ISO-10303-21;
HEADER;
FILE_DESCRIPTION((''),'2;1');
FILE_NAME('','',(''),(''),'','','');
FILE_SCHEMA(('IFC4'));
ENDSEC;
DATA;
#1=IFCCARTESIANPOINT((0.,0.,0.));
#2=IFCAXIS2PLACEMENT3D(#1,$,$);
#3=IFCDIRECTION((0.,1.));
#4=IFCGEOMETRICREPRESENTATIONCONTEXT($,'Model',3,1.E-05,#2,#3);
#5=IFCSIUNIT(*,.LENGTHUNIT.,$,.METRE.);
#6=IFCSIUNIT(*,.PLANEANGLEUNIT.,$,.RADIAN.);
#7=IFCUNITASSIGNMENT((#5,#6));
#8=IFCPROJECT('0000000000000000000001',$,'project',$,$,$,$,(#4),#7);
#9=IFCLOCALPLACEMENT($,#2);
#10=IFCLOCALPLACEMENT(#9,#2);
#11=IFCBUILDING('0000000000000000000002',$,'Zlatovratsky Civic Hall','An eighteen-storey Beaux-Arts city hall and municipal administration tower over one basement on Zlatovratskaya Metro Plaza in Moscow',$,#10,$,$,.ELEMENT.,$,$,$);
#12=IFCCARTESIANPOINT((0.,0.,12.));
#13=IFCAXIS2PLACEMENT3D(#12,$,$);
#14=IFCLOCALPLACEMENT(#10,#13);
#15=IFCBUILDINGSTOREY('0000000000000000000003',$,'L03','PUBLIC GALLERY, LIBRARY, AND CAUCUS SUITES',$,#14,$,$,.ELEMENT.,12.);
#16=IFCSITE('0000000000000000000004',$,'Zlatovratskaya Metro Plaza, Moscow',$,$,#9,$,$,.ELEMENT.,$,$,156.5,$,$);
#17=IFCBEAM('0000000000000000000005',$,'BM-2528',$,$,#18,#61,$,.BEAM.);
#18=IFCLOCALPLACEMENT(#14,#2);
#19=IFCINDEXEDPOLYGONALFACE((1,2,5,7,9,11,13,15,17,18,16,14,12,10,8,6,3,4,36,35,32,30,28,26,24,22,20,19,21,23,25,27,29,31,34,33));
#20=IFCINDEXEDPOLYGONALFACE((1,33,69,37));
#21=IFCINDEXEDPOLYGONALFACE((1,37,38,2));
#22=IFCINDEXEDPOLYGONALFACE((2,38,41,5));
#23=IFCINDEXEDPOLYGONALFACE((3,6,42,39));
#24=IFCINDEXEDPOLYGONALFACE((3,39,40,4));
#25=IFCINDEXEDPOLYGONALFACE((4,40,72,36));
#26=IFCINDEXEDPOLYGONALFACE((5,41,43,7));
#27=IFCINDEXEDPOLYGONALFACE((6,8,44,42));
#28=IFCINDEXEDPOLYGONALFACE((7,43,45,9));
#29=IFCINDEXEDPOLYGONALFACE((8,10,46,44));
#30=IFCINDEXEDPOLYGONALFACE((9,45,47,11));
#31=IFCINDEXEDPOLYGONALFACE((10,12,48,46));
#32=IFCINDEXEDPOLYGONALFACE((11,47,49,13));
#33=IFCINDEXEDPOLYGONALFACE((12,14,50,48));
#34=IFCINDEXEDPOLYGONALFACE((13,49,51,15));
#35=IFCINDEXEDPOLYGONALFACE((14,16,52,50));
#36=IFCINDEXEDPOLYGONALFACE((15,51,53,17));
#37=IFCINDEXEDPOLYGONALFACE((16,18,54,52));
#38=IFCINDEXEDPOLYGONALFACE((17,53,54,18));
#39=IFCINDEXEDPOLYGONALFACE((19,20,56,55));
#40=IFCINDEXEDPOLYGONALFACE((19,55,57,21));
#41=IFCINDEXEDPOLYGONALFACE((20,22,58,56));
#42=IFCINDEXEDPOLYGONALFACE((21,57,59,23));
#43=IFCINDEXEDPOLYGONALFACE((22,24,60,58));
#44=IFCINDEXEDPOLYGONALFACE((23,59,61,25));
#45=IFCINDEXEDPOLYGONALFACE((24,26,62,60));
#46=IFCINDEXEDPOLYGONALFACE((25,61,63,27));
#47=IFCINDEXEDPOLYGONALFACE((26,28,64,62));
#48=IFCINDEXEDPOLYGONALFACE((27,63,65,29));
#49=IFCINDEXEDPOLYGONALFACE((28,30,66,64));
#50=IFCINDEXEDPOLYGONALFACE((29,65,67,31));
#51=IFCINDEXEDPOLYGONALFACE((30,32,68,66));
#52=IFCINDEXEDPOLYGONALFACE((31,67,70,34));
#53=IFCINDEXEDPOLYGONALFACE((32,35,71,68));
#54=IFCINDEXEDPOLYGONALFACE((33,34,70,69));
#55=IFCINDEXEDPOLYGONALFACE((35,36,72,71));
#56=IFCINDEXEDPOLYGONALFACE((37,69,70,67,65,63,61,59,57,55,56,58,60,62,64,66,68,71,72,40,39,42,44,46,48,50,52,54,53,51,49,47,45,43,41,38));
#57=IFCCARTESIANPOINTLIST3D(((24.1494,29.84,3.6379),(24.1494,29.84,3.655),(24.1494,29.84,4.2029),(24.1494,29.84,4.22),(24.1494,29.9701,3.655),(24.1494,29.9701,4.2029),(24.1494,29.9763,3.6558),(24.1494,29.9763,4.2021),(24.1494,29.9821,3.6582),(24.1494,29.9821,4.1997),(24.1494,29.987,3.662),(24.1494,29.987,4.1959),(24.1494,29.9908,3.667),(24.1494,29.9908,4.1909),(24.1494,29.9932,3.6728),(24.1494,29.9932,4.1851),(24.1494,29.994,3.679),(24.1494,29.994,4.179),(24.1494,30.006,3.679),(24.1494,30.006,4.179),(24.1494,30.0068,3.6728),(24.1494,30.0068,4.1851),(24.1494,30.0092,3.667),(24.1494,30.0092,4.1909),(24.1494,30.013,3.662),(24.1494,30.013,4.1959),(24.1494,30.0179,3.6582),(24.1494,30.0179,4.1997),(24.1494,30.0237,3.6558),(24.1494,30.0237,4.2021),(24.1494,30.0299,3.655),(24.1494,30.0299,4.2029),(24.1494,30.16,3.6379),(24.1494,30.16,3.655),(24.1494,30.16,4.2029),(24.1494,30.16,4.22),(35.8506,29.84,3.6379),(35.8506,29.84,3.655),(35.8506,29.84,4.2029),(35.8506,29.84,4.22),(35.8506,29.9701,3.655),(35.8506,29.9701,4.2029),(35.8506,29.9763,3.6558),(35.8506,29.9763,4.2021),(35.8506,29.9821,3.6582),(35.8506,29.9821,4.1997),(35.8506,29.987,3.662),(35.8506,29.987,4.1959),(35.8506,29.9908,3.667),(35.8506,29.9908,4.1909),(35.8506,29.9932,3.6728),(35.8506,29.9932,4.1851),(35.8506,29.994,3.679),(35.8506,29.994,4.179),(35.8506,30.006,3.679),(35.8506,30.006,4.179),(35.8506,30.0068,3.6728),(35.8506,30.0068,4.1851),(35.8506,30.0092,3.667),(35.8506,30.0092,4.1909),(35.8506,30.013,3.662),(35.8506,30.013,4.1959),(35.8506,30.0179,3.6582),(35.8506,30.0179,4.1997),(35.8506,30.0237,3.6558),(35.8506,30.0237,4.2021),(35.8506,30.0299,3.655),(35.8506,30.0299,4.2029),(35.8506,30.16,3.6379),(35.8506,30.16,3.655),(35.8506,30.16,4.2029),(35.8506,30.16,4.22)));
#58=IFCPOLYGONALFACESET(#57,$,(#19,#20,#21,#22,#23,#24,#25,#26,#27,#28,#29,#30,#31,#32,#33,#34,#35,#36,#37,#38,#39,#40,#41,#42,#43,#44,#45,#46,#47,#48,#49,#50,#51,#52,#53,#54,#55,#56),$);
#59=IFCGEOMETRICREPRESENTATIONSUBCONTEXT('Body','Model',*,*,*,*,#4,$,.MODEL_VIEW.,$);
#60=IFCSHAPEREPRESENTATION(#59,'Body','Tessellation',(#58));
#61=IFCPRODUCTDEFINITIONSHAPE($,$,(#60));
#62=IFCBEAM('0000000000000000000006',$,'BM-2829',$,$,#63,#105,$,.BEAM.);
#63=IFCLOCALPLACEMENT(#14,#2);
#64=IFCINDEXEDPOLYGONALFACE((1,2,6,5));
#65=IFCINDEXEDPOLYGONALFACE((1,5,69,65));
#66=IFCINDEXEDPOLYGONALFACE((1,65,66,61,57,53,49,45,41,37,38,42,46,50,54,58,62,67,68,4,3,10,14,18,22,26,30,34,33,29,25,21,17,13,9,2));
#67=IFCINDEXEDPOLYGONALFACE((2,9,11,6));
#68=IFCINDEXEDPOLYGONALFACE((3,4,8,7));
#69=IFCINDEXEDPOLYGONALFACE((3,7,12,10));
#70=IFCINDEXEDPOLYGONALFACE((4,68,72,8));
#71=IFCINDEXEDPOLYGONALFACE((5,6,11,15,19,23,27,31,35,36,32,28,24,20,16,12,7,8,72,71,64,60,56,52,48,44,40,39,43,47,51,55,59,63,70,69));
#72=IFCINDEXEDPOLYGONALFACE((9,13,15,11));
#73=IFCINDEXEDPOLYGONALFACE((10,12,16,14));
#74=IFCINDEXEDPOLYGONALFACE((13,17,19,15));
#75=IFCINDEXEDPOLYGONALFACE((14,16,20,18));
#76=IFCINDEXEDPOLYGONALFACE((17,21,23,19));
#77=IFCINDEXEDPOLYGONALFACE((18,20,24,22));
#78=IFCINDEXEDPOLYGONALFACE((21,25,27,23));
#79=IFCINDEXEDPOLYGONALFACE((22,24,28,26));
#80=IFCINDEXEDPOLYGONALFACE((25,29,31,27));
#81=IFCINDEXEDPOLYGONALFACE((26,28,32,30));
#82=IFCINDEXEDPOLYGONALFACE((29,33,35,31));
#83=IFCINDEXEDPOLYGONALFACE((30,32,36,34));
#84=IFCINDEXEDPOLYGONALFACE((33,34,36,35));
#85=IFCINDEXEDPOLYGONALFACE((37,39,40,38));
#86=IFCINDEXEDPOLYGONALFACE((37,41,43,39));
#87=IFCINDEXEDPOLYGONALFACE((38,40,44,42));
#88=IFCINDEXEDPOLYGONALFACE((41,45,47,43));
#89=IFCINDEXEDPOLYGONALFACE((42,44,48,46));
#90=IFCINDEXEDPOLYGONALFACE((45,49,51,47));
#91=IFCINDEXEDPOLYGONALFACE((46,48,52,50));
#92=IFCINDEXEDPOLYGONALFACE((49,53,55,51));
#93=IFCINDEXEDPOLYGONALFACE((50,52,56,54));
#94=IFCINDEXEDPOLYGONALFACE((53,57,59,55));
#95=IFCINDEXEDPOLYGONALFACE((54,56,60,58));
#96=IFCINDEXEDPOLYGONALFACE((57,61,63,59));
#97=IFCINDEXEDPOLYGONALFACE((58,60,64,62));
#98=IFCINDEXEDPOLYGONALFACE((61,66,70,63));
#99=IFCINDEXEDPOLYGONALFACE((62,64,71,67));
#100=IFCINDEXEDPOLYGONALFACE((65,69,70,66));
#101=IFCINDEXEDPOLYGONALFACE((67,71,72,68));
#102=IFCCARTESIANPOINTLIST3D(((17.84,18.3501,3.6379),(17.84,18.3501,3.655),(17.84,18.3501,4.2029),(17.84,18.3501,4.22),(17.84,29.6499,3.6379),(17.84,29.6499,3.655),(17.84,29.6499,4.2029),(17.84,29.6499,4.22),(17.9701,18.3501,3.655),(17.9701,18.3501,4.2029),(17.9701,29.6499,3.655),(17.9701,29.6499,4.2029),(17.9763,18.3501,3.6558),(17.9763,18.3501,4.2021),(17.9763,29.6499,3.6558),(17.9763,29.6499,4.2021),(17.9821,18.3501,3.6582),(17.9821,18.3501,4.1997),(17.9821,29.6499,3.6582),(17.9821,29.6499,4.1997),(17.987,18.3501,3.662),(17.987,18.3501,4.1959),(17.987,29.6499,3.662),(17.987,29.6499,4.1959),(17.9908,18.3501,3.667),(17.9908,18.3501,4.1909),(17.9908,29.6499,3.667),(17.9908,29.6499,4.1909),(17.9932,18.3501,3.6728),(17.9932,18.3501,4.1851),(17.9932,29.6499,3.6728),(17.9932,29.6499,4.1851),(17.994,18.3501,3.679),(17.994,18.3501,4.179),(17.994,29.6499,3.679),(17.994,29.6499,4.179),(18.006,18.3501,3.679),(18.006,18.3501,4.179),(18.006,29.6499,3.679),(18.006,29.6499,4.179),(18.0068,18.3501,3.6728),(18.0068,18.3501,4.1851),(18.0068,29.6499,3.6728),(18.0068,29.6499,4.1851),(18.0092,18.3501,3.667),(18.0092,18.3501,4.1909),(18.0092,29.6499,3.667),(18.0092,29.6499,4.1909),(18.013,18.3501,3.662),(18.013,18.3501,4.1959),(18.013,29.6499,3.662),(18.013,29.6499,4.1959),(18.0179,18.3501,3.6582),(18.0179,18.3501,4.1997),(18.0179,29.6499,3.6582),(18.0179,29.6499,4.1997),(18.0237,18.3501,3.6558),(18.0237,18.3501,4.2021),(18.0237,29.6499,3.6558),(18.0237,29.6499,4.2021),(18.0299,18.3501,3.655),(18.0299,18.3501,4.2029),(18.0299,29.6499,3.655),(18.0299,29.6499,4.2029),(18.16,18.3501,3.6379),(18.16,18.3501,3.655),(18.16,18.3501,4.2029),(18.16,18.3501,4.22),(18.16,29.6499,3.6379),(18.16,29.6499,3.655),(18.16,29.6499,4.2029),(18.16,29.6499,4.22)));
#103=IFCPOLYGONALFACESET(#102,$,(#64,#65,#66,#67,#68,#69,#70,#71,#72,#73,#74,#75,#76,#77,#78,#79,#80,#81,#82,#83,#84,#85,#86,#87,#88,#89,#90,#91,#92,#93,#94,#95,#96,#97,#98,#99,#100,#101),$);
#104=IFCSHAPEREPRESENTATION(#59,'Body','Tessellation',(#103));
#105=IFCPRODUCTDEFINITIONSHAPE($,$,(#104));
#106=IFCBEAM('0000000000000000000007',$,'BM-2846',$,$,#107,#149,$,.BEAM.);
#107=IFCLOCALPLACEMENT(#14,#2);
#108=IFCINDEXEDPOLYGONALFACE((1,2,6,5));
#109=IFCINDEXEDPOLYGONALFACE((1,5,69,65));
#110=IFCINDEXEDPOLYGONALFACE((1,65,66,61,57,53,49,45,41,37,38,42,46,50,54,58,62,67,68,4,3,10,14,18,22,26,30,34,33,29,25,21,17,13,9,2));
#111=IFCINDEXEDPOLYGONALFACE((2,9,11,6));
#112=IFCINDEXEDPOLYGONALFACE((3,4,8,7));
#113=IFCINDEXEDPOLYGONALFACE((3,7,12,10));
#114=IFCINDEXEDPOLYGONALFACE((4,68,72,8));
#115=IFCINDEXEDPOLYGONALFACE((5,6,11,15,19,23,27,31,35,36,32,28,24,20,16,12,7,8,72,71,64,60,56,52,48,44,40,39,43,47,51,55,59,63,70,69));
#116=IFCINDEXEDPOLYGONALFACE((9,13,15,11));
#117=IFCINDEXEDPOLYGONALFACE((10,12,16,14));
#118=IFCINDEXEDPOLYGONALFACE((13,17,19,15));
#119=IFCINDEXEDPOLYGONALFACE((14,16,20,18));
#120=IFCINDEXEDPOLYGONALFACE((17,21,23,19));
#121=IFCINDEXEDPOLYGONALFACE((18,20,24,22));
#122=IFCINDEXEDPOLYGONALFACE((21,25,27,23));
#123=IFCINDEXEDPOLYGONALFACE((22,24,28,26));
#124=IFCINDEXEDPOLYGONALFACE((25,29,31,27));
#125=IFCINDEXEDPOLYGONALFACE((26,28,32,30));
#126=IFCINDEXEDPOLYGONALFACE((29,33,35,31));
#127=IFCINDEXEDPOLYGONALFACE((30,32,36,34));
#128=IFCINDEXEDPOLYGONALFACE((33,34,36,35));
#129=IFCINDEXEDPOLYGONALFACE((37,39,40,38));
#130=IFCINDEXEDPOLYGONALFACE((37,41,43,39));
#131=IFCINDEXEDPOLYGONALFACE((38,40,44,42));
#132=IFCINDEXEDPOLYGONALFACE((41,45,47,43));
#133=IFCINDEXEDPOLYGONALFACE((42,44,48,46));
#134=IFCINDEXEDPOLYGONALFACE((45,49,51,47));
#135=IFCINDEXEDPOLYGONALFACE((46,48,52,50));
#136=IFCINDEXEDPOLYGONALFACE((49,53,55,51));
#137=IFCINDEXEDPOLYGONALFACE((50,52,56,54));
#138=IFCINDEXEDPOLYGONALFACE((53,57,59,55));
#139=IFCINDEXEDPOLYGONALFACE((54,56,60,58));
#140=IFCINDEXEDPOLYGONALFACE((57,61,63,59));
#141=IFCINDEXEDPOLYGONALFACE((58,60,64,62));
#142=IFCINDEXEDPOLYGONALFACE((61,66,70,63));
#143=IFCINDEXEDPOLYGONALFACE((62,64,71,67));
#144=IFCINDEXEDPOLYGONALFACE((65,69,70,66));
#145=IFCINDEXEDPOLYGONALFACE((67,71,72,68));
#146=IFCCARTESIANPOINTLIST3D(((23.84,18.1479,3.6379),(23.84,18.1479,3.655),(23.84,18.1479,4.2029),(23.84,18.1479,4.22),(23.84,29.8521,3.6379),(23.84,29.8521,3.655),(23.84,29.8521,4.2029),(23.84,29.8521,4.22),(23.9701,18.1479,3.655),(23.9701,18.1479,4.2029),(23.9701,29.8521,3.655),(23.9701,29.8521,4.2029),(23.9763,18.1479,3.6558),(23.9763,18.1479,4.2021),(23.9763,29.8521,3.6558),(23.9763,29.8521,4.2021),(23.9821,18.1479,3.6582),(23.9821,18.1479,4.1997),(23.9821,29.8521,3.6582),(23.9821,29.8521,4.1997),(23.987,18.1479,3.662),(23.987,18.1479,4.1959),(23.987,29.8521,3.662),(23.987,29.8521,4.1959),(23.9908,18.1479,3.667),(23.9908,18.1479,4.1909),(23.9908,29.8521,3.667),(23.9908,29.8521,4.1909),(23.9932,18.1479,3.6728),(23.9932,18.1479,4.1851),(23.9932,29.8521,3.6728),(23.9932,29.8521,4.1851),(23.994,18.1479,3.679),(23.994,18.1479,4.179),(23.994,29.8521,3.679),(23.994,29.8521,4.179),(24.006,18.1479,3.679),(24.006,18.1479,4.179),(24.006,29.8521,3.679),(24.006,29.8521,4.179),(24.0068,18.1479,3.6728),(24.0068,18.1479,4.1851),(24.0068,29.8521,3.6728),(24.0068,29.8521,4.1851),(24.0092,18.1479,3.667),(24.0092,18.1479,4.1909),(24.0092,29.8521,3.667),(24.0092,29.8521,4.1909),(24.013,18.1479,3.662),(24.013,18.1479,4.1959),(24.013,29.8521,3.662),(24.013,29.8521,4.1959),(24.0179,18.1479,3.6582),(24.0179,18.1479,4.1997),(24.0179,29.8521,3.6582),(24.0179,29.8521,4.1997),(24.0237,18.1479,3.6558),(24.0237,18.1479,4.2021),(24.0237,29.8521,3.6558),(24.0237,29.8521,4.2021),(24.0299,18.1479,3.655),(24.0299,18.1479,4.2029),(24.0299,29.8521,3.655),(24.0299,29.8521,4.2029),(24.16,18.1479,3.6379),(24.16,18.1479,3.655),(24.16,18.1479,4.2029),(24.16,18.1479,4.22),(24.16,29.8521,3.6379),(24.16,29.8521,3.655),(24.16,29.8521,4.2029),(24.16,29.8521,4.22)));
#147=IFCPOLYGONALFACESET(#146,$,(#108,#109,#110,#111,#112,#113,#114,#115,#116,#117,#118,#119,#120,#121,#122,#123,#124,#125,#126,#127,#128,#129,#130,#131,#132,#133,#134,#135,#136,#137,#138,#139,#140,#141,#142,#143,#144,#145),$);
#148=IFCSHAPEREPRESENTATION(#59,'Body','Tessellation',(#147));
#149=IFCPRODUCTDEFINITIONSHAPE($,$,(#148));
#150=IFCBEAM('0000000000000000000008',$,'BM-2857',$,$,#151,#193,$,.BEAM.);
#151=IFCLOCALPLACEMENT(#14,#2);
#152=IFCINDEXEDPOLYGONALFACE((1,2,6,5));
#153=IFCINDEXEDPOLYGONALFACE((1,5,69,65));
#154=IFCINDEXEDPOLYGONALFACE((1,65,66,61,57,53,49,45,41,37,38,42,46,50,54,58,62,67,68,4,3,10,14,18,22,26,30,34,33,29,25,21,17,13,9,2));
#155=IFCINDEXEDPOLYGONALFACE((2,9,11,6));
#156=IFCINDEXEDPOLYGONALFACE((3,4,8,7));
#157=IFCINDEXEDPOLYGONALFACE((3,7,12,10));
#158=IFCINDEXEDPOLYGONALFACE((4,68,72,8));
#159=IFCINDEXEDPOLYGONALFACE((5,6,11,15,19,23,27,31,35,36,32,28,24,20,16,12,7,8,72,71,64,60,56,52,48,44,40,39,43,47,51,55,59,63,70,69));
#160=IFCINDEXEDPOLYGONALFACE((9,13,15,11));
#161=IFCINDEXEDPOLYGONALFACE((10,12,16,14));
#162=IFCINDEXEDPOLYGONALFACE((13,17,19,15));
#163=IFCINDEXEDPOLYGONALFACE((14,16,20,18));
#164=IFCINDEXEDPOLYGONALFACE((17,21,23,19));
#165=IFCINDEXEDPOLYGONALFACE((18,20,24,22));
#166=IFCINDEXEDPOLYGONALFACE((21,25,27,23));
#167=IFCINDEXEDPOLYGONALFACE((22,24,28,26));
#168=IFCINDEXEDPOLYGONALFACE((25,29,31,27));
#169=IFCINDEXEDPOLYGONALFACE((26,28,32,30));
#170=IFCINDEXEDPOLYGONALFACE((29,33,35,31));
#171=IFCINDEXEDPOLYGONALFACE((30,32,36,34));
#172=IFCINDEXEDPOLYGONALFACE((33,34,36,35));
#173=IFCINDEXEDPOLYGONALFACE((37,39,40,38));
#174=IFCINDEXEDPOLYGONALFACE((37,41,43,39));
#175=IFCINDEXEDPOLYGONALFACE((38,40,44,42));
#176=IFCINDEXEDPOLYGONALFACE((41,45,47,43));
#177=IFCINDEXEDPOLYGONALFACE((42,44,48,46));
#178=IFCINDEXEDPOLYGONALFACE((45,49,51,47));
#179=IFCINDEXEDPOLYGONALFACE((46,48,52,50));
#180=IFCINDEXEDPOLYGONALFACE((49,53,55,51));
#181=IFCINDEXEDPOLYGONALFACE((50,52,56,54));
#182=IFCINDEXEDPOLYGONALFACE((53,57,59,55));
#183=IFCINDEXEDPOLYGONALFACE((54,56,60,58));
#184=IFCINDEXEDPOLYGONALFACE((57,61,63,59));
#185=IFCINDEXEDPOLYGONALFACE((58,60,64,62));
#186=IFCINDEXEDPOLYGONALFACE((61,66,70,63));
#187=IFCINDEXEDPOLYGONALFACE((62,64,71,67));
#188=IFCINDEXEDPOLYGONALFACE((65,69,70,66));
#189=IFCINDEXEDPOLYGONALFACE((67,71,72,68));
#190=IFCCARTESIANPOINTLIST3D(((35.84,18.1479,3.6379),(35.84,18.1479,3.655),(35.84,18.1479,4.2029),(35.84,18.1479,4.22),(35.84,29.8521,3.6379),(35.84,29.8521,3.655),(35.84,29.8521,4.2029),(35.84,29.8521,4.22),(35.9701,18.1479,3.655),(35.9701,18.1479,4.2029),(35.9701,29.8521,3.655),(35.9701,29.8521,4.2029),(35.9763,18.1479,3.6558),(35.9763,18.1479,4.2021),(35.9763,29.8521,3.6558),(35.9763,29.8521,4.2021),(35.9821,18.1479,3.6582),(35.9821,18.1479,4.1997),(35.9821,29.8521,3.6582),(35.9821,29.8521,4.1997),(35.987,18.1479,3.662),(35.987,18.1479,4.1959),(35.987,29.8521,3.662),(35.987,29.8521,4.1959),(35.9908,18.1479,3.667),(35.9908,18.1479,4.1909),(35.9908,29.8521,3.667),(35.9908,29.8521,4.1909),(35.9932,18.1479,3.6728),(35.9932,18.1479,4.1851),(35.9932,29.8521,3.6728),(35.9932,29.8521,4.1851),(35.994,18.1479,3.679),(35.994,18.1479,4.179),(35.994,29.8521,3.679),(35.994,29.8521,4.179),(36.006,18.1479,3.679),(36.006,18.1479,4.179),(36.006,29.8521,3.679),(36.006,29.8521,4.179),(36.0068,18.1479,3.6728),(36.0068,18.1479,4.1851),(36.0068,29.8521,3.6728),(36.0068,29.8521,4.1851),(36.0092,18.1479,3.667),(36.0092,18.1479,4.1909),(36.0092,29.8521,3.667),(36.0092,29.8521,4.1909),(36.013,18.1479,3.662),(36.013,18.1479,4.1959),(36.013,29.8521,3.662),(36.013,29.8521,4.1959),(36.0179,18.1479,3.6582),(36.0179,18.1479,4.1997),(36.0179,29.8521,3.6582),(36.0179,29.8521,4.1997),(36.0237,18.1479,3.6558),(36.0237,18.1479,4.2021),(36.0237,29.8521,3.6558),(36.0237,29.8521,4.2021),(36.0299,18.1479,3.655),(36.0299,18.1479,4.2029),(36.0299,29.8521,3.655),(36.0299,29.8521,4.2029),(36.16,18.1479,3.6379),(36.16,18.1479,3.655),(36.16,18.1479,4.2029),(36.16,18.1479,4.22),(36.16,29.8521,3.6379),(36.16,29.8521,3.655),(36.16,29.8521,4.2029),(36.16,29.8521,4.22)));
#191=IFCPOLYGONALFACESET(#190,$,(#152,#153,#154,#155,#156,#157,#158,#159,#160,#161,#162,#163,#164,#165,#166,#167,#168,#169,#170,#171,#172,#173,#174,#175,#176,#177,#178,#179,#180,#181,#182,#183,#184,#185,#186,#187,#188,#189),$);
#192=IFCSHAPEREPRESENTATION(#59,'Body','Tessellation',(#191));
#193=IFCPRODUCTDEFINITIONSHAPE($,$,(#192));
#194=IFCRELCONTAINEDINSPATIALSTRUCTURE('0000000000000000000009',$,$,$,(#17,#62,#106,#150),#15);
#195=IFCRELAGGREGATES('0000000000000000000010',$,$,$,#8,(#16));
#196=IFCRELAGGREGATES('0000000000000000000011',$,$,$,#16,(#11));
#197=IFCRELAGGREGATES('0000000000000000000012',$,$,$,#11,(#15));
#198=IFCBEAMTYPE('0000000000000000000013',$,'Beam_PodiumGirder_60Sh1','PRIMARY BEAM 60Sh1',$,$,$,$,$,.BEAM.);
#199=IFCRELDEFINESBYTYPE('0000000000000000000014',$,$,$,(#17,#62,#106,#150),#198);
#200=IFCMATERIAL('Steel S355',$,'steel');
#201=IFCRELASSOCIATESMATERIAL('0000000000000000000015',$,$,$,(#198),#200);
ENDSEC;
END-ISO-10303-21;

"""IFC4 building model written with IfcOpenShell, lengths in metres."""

from ifc_helpers import new_model, si_unit, direction, frame, origin, origin_2d, place, context, subcontext, project, spatial, i_section, extrude, material, material_profile, profile_set, type_object, element, save


model = new_model("IFC4")

# Units and contexts
model_context = context("Model", 3, precision=1e-05, world=origin(), true_north=direction((0.0, 1.0)))
body_context = subcontext(model_context, "Body", "Model", "MODEL_VIEW")
ifc_project = project(units=[si_unit("LENGTHUNIT", "METRE"), si_unit("PLANEANGLEUNIT", "RADIAN")], contexts=[model_context])

# Site, building, storey
site_placement = place(None, origin())
site = spatial("IfcSite", under=ifc_project, at=site_placement, Name="Zlatovratskaya Metro Plaza, Moscow", CompositionType="ELEMENT", RefElevation=156.5)
building_placement = place(site_placement, origin())
building = spatial("IfcBuilding", under=site, at=building_placement, Name="Zlatovratsky Civic Hall", Description="An eighteen-storey Beaux-Arts city hall and municipal administration tower over one basement on Zlatovratskaya Metro Plaza in Moscow", CompositionType="ELEMENT")
storey_placement = place(building_placement, frame((0.0, 0.0, 12.0)))
storey = spatial("IfcBuildingStorey", under=building, at=storey_placement, Name="L03", Description="PUBLIC GALLERY, LIBRARY, AND CAUCUS SUITES", CompositionType="ELEMENT", Elevation=12.0)

# Shared definitions
ifc_material_1 = material(Name="Steel S355", Category="steel")

# Beams
ifc_material_profile_1 = material_profile(ifc_material_1, i_section(OverallWidth=0.3201, OverallDepth=0.582, WebThickness=0.012, FlangeThickness=0.0171, FilletRadius=0.0239, at=origin_2d()), Name="60Sh1")
ifc_profile_set_1 = profile_set([ifc_material_profile_1], Name="Steel S355")
beam_type_1 = type_object("IfcBeamType", Name="Beam_PodiumGirder_60Sh1", Description="PRIMARY BEAM 60Sh1", PredefinedType="BEAM", material=ifc_profile_set_1)
for number, where, z_axis, x_axis, name in (
    (1, (24.1494, 30.0, 3.929), (1.0, 0.0, 0.0), (0.0, 1.0, 0.0), "BM-2528"),
):
    element("IfcBeam", number, at=place(storey_placement, frame(where, z_axis=z_axis, x_axis=x_axis)), inside=storey, type_object=beam_type_1, Name=name, PredefinedType="BEAM", context=body_context, shape_type="SweptSolid", body=[
        extrude(i_section(OverallWidth=0.3201, OverallDepth=0.582, WebThickness=0.012, FlangeThickness=0.0171, FilletRadius=0.0239, at=origin_2d()), origin(), (0.0, 0.0, 1.0), 11.7012),
    ])
beam_1_placement = place(storey_placement, frame((18.0, 18.3501, 3.929), z_axis=(0.0, 1.0, 0.0), x_axis=(-1.0, 0.0, 0.0)))
element("IfcBeam", 2, at=beam_1_placement, inside=storey, type_object=beam_type_1, Name="BM-2829", PredefinedType="BEAM", context=body_context, shape_type="SweptSolid", body=[
    extrude(i_section(OverallWidth=0.3201, OverallDepth=0.582, WebThickness=0.012, FlangeThickness=0.0171, FilletRadius=0.0239, at=origin_2d()), origin(), (0.0, 0.0, 1.0), 11.2998),
])
for number, where, z_axis, x_axis, name in (
    (3, (24.0, 18.1479, 3.929), (0.0, 1.0, 0.0), (-1.0, 0.0, 0.0), "BM-2846"),
    (4, (36.0, 18.1479, 3.929), (0.0, 1.0, 0.0), (-1.0, 0.0, 0.0), "BM-2857"),
):
    element("IfcBeam", number, at=place(storey_placement, frame(where, z_axis=z_axis, x_axis=x_axis)), inside=storey, type_object=beam_type_1, Name=name, PredefinedType="BEAM", context=body_context, shape_type="SweptSolid", body=[
        extrude(i_section(OverallWidth=0.3201, OverallDepth=0.582, WebThickness=0.012, FlangeThickness=0.0171, FilletRadius=0.0239, at=origin_2d()), origin(), (0.0, 0.0, 1.0), 11.7041),
    ])

save(model, "model.ifc")
